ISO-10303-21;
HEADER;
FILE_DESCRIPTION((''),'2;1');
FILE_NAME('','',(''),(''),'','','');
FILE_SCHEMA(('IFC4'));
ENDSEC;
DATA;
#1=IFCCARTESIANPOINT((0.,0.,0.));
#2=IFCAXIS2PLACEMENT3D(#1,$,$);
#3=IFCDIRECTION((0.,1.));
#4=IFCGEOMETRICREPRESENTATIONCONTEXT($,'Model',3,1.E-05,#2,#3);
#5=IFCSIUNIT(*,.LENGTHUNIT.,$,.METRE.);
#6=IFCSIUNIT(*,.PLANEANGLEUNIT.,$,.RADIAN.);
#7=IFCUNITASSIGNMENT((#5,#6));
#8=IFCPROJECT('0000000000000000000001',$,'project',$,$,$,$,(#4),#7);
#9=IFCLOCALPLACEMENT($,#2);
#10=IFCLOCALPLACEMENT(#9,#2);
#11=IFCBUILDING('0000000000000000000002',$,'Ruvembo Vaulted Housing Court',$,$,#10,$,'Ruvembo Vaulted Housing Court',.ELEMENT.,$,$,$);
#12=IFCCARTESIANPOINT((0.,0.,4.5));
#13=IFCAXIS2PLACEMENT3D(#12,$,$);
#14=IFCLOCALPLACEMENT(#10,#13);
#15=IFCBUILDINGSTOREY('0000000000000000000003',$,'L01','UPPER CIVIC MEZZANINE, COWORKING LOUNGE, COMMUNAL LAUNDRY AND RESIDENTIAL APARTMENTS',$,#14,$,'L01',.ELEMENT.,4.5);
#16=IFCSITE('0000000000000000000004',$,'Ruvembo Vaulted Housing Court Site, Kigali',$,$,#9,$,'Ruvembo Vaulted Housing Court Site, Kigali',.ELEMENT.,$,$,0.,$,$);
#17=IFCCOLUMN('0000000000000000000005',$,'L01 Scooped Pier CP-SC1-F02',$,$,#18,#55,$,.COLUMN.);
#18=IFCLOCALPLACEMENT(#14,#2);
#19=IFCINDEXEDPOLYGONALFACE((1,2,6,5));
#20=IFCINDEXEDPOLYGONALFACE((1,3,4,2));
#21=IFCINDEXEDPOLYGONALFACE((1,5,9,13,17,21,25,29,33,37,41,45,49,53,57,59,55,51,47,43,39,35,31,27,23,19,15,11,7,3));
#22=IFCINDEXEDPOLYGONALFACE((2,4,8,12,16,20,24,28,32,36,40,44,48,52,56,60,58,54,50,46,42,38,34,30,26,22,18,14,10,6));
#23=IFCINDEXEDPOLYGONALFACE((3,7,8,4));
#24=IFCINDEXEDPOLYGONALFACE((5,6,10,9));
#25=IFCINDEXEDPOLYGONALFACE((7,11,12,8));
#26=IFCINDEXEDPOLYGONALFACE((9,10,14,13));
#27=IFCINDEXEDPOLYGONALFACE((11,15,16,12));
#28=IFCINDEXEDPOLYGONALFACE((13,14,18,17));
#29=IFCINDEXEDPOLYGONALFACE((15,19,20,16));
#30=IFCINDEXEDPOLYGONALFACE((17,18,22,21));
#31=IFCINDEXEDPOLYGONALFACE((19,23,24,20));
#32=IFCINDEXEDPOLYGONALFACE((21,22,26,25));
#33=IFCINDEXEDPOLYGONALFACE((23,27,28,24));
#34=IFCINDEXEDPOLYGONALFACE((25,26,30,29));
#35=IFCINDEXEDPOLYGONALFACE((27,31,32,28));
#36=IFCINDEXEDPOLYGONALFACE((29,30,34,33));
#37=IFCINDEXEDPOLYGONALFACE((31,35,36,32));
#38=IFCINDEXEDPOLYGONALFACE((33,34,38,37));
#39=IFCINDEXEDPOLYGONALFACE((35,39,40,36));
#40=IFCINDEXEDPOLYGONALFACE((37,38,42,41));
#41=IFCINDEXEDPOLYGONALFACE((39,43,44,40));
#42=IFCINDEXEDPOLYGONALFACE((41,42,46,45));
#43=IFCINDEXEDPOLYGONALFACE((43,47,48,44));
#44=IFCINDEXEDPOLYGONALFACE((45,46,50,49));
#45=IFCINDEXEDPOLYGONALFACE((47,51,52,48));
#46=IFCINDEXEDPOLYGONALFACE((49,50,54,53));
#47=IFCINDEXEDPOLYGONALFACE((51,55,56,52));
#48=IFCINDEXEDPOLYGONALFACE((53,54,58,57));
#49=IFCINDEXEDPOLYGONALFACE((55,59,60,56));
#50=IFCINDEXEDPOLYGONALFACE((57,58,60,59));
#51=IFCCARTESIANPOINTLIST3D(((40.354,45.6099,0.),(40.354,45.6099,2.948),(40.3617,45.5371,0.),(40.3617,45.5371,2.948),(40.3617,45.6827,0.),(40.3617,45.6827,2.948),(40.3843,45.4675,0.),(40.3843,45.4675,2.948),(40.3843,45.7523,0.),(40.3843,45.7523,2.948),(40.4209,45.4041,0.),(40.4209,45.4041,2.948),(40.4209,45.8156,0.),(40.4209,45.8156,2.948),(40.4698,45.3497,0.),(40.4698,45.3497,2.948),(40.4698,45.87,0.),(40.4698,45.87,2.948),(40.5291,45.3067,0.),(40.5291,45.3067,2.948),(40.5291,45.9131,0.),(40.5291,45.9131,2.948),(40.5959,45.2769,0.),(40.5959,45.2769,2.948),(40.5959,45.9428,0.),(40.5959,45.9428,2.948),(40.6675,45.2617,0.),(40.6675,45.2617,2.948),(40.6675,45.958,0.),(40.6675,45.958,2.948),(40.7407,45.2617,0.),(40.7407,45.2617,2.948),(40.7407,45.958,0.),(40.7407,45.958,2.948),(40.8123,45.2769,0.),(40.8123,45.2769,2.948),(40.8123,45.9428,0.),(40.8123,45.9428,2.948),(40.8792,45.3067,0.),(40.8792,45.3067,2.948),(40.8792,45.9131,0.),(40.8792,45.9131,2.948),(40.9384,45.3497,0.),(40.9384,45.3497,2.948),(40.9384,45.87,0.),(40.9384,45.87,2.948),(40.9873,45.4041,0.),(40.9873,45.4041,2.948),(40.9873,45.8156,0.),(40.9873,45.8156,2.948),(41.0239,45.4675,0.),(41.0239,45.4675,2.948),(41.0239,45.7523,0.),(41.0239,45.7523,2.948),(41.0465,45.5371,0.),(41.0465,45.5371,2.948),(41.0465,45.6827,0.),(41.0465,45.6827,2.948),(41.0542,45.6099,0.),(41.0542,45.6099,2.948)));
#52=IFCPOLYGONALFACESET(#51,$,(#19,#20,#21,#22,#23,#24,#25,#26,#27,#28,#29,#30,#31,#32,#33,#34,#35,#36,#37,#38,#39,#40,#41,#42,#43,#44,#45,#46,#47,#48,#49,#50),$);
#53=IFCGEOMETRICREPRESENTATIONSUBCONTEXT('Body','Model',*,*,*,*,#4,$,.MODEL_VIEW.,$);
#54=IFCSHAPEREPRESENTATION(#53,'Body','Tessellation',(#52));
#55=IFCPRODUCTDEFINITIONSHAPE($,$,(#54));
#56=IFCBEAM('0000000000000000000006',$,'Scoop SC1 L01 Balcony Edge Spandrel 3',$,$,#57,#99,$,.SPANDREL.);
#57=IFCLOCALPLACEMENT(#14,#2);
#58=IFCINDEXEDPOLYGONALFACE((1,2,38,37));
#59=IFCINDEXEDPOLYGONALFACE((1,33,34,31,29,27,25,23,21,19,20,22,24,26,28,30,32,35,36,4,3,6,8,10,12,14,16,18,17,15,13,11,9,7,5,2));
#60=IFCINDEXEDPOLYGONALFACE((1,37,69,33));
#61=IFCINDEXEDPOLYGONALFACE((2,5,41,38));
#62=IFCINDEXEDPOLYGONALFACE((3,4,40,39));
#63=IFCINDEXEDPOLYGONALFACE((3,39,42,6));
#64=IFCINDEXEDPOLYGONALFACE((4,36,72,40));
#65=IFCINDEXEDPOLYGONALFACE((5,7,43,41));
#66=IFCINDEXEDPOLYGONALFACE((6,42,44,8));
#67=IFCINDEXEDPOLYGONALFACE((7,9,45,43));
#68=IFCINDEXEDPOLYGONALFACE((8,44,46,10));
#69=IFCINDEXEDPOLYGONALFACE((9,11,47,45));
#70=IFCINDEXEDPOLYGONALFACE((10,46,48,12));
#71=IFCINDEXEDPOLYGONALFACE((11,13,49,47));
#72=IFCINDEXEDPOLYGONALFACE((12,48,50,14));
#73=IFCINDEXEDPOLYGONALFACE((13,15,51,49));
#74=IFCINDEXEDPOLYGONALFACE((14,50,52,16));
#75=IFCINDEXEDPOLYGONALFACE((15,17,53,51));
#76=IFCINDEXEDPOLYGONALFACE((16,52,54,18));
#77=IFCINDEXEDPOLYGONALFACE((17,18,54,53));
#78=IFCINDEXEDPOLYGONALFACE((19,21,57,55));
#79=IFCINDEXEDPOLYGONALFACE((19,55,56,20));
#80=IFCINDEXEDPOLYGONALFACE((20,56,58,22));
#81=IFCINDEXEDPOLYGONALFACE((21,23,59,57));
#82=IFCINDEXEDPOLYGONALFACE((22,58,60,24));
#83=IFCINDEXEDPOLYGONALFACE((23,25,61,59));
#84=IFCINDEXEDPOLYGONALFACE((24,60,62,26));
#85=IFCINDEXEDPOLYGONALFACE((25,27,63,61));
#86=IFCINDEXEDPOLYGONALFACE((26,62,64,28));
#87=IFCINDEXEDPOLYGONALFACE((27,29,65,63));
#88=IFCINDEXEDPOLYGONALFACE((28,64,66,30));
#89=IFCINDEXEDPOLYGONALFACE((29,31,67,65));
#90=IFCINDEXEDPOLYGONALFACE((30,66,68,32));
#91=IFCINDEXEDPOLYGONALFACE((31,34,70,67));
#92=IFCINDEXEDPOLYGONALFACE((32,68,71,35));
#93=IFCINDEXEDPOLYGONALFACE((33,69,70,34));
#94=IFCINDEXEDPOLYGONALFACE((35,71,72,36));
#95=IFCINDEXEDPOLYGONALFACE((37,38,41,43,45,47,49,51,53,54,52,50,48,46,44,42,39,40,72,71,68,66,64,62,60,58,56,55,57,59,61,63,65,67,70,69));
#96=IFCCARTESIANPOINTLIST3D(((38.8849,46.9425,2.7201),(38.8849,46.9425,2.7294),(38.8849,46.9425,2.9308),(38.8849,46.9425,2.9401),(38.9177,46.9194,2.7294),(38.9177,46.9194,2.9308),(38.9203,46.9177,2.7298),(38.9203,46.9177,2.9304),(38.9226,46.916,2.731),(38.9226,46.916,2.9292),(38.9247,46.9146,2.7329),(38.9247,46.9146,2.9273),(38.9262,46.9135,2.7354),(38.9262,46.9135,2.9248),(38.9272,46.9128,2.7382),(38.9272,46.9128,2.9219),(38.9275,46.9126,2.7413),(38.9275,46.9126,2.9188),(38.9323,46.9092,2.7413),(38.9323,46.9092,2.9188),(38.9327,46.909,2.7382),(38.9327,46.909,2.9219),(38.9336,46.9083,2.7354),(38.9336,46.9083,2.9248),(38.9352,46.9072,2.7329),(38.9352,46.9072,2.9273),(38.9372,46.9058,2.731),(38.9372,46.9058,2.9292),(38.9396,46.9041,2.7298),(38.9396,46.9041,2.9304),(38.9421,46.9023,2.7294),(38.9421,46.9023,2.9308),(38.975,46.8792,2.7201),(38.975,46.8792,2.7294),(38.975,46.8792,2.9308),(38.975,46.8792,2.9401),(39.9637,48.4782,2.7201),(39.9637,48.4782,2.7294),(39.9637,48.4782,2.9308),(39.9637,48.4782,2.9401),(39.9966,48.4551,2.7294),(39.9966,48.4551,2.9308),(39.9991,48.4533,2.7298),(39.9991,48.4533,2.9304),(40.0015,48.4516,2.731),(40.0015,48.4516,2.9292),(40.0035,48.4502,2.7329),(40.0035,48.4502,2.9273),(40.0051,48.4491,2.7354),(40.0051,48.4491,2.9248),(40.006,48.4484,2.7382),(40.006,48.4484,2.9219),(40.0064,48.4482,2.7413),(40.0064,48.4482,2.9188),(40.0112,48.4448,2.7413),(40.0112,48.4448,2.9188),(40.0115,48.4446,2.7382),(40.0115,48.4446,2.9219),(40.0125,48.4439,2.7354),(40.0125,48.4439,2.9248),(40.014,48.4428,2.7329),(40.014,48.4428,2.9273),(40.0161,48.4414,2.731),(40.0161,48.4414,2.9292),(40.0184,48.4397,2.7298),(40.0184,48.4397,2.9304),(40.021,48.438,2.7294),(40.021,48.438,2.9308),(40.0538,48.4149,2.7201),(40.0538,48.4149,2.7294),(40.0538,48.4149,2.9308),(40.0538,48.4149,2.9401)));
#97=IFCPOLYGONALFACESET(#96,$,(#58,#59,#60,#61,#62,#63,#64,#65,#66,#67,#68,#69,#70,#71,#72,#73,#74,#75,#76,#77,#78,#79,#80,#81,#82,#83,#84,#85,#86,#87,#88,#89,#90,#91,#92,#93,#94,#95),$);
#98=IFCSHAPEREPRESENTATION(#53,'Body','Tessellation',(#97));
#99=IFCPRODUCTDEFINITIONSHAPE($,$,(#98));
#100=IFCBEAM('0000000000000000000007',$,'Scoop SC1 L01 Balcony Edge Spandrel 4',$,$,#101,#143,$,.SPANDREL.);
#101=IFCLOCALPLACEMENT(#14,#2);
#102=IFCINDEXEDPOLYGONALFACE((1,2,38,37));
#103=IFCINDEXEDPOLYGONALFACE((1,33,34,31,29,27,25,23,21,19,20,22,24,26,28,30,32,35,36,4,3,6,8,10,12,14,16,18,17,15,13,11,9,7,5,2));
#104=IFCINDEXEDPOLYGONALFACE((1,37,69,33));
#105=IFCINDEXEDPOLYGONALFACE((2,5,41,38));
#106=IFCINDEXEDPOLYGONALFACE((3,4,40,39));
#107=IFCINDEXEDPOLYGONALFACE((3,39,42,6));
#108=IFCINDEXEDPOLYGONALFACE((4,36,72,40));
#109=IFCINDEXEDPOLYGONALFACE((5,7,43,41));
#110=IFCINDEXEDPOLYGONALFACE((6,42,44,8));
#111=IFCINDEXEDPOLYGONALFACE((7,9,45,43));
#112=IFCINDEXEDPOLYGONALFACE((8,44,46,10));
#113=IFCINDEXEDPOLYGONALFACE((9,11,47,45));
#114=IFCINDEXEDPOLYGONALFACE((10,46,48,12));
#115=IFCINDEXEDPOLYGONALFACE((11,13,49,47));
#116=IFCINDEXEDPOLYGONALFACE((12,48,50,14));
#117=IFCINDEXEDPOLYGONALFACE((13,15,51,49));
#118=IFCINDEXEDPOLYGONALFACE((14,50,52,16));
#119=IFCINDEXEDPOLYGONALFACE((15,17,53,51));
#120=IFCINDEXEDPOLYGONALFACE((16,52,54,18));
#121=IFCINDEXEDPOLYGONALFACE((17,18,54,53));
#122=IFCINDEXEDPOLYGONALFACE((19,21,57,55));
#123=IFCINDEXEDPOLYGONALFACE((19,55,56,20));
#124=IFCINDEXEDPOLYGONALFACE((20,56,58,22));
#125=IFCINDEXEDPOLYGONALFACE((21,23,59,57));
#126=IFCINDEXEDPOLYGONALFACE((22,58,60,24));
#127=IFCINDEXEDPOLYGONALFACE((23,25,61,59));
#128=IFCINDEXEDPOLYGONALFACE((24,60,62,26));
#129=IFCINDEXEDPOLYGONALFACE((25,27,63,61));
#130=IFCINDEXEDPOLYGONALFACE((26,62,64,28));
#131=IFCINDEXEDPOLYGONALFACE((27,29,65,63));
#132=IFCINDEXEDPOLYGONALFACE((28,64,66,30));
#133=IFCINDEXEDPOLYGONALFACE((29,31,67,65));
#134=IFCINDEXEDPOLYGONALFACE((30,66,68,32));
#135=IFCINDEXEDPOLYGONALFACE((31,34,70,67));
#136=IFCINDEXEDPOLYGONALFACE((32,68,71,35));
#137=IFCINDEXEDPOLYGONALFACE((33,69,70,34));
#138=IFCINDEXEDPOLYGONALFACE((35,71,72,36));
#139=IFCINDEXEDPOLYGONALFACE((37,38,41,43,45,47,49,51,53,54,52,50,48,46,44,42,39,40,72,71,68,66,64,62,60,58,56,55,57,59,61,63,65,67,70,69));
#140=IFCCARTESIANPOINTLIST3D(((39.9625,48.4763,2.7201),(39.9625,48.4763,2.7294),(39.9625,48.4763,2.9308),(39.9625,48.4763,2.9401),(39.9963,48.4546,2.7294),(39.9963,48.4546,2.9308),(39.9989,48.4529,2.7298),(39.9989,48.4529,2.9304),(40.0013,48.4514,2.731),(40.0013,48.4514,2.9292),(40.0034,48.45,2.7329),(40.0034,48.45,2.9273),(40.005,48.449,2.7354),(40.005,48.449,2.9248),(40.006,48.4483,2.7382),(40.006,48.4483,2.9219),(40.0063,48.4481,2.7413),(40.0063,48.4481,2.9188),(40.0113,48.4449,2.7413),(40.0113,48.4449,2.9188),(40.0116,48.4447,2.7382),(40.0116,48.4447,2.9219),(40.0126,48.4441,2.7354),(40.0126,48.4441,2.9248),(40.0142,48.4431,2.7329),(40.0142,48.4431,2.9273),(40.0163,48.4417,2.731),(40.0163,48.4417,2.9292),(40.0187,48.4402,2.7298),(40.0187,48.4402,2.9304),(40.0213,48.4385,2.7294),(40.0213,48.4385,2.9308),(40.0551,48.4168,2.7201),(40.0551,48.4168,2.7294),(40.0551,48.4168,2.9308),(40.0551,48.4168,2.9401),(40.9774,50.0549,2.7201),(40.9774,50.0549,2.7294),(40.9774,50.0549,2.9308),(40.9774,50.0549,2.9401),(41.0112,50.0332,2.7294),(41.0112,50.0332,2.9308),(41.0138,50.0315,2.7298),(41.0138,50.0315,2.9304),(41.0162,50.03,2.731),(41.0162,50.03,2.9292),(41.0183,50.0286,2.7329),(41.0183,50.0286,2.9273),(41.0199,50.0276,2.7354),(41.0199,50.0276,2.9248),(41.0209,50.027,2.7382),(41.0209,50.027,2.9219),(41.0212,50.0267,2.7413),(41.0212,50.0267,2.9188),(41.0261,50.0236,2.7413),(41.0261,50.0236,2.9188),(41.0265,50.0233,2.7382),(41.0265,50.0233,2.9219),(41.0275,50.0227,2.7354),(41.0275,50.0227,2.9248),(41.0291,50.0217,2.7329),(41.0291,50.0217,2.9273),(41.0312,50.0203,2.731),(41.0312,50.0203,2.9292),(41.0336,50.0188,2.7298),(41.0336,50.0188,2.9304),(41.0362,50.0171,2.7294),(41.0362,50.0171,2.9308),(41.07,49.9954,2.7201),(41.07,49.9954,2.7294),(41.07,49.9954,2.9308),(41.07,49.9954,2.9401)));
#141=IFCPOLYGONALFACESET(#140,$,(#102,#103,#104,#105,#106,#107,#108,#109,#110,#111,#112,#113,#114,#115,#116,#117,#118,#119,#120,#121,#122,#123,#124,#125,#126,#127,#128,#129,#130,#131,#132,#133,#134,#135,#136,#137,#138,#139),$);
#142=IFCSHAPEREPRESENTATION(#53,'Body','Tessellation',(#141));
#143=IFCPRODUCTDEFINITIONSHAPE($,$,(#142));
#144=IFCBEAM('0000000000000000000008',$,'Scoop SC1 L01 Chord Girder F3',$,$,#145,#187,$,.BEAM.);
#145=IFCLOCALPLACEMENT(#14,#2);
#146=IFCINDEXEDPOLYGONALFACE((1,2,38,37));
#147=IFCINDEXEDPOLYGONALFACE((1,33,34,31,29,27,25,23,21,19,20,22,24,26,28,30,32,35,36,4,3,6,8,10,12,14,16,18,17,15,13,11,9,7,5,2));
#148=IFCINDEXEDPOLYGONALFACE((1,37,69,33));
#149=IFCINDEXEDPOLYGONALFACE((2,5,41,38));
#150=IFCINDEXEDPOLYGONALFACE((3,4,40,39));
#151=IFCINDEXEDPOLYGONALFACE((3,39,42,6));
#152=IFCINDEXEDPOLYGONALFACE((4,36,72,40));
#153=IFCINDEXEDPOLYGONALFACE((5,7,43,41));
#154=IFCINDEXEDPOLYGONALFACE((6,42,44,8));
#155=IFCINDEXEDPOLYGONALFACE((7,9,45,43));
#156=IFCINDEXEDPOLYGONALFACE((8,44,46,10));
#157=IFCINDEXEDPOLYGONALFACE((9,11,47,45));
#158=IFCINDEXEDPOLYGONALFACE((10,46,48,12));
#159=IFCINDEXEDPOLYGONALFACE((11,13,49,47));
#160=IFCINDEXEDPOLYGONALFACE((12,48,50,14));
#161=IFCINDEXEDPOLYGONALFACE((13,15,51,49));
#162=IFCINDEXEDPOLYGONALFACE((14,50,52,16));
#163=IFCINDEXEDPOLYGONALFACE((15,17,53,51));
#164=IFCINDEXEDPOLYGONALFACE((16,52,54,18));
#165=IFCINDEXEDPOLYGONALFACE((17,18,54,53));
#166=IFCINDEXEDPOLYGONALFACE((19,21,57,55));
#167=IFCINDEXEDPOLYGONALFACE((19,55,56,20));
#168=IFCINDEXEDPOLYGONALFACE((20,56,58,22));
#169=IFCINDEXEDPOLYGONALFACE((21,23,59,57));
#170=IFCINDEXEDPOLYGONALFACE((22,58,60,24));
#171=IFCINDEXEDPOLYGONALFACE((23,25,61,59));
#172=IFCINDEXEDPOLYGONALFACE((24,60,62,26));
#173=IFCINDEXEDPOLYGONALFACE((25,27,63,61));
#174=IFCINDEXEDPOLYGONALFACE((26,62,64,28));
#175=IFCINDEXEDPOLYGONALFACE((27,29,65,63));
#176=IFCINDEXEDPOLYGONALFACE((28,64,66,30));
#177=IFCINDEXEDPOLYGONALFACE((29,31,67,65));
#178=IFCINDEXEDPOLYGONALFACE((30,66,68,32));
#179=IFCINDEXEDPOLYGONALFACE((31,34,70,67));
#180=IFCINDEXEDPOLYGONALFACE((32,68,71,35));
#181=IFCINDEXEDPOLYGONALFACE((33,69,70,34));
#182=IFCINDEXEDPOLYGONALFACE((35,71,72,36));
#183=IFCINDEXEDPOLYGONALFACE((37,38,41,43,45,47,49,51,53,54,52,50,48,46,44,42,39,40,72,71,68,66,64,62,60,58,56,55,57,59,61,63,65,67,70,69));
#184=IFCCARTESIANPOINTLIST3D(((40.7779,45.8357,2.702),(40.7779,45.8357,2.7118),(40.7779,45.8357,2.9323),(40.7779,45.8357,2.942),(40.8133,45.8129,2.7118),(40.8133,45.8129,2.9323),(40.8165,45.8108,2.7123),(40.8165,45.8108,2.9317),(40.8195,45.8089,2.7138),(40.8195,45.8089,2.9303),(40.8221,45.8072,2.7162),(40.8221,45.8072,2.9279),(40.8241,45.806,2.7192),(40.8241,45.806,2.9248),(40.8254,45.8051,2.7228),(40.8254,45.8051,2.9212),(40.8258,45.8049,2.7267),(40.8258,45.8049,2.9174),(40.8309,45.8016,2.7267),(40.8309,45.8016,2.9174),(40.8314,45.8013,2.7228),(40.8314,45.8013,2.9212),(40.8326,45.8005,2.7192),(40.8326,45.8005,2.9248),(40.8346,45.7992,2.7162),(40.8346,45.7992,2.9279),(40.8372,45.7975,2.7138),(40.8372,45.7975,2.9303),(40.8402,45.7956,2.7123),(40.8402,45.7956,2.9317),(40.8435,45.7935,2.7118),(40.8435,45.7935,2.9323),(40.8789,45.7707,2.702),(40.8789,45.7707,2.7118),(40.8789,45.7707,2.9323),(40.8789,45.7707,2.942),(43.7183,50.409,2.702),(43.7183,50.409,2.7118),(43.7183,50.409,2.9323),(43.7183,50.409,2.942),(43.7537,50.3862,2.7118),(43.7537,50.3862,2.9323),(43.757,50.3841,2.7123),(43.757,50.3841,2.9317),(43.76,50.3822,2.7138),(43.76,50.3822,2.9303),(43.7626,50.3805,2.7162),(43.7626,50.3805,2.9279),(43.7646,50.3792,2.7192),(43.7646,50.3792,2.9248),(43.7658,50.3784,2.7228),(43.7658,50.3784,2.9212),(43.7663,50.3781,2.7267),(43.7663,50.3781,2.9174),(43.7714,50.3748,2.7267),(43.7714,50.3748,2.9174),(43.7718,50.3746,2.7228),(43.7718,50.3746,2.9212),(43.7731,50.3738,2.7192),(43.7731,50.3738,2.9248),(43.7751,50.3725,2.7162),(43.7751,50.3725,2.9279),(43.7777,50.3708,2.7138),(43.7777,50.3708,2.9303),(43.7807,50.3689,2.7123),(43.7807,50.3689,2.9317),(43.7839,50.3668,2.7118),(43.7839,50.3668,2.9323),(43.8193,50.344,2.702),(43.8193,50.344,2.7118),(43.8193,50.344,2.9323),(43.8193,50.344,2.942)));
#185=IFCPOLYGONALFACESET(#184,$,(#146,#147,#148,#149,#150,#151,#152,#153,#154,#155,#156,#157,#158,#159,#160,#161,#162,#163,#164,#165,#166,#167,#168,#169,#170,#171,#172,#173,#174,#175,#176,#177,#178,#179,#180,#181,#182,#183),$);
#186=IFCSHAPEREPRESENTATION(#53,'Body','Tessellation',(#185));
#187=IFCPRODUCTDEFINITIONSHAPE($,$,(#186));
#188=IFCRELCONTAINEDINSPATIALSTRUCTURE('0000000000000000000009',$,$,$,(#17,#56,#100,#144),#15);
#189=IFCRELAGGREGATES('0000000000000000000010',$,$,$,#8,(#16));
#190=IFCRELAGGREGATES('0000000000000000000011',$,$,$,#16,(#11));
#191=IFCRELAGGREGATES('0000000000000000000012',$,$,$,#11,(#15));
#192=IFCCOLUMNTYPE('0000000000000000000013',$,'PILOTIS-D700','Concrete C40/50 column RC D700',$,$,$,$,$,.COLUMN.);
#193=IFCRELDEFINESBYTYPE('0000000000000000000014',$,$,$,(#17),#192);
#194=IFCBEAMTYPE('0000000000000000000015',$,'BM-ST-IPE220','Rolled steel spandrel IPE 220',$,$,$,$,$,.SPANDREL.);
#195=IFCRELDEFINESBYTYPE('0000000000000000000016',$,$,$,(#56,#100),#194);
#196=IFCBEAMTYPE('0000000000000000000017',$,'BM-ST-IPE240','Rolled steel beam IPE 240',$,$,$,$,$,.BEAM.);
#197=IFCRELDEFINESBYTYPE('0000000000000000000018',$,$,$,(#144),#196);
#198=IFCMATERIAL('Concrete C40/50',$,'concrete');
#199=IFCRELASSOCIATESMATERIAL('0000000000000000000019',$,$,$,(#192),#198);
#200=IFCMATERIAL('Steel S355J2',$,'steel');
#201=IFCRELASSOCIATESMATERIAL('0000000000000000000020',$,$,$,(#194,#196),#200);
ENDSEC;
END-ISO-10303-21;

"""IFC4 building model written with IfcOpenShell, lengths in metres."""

from ifc_helpers import new_model, si_unit, direction, frame, origin, origin_2d, place, context, subcontext, project, spatial, circle, i_section, extrude, material, material_profile, profile_set, type_object, element, save


model = new_model("IFC4")

# Units and contexts
model_context = context("Model", 3, precision=1e-05, world=origin(), true_north=direction((0.0, 1.0)))
body_context = subcontext(model_context, "Body", "Model", "MODEL_VIEW")
ifc_project = project(units=[si_unit("LENGTHUNIT", "METRE"), si_unit("PLANEANGLEUNIT", "RADIAN")], contexts=[model_context])

# Site, building, storey
site_placement = place(None, origin())
site = spatial("IfcSite", under=ifc_project, at=site_placement, Name="Ruvembo Vaulted Housing Court Site, Kigali", LongName="Ruvembo Vaulted Housing Court Site, Kigali", CompositionType="ELEMENT", RefElevation=0.0)
building_placement = place(site_placement, origin())
building = spatial("IfcBuilding", under=site, at=building_placement, Name="Ruvembo Vaulted Housing Court", LongName="Ruvembo Vaulted Housing Court", CompositionType="ELEMENT")
storey_placement = place(building_placement, frame((0.0, 0.0, 4.5)))
storey = spatial("IfcBuildingStorey", under=building, at=storey_placement, Name="L01", Description="UPPER CIVIC MEZZANINE, COWORKING LOUNGE, COMMUNAL LAUNDRY AND RESIDENTIAL APARTMENTS", LongName="L01", CompositionType="ELEMENT", Elevation=4.5)

# Column
ifc_material_1 = material(Name="Concrete C40/50", Category="concrete")
ifc_material_profile_1 = material_profile(ifc_material_1, circle(Radius=0.3501, at=origin_2d()), Name="RC D700")
ifc_profile_set_1 = profile_set([ifc_material_profile_1], Name="Concrete C40/50")
column_type = type_object("IfcColumnType", Name="PILOTIS-D700", Description="Concrete C40/50 column RC D700", PredefinedType="COLUMN", material=ifc_profile_set_1)
column_placement = place(storey_placement, frame((40.7041, 45.6099, 0.0), z_axis=(0.0, 0.0, 1.0), x_axis=(1.0, 0.0, 0.0)))
element("IfcColumn", 1, at=column_placement, inside=storey, type_object=column_type, Name="L01 Scooped Pier CP-SC1-F02", PredefinedType="COLUMN", context=body_context, shape_type="SweptSolid", body=[
    extrude(circle(Radius=0.3501, at=origin_2d()), origin(), (0.0, 0.0, 1.0), 2.948),
])

# Beams
ifc_material_2 = material(Name="Steel S355J2", Category="steel")
ifc_material_profile_2 = material_profile(ifc_material_2, i_section(OverallWidth=0.1101, OverallDepth=0.22, WebThickness=0.0059, FlangeThickness=0.0093, FilletRadius=0.012, at=origin_2d()), Name="IPE 220")
ifc_profile_set_2 = profile_set([ifc_material_profile_2], Name="Steel S355J2")
beam_type_1 = type_object("IfcBeamType", Name="BM-ST-IPE220", Description="Rolled steel spandrel IPE 220", PredefinedType="SPANDREL", material=ifc_profile_set_2)
for number, where, z_axis, x_axis, name in (
    (2, (38.9299, 46.9109, 2.8301), (0.574858, 0.818253, 0.0), (-0.818253, 0.574858, 0.0), "Scoop SC1 L01 Balcony Edge Spandrel 3"),
    (3, (40.0088, 48.4465, 2.8301), (0.540784, 0.841162, 0.0), (-0.841162, 0.540784, 0.0), "Scoop SC1 L01 Balcony Edge Spandrel 4"),
):
    element("IfcBeam", number, at=place(storey_placement, frame(where, z_axis=z_axis, x_axis=x_axis)), inside=storey, type_object=beam_type_1, Name=name, PredefinedType="SPANDREL", context=body_context, shape_type="SweptSolid", body=[
        extrude(i_section(OverallWidth=0.1101, OverallDepth=0.22, WebThickness=0.0059, FlangeThickness=0.0093, FilletRadius=0.012, at=origin_2d()), origin(), (0.0, 0.0, 1.0), 1.8767),
    ])
ifc_material_profile_3 = material_profile(ifc_material_2, i_section(OverallWidth=0.1201, OverallDepth=0.24, WebThickness=0.0061, FlangeThickness=0.0098, FilletRadius=0.0149, at=origin_2d()), Name="IPE 240")
ifc_profile_set_3 = profile_set([ifc_material_profile_3], Name="Steel S355J2")
beam_type_2 = type_object("IfcBeamType", Name="BM-ST-IPE240", Description="Rolled steel beam IPE 240", PredefinedType="BEAM", material=ifc_profile_set_3)
beam_placement = place(storey_placement, frame((40.8284, 45.8032, 2.822), z_axis=(0.540821, 0.841138, 0.0), x_axis=(-0.841138, 0.540821, 0.0)))
element("IfcBeam", 4, at=beam_placement, inside=storey, type_object=beam_type_2, Name="Scoop SC1 L01 Chord Girder F3", PredefinedType="BEAM", context=body_context, shape_type="SweptSolid", body=[
    extrude(i_section(OverallWidth=0.1201, OverallDepth=0.24, WebThickness=0.0061, FlangeThickness=0.0098, FilletRadius=0.0149, at=origin_2d()), origin(), (0.0, 0.0, 1.0), 5.437),
])

save(model, "model.ifc")
